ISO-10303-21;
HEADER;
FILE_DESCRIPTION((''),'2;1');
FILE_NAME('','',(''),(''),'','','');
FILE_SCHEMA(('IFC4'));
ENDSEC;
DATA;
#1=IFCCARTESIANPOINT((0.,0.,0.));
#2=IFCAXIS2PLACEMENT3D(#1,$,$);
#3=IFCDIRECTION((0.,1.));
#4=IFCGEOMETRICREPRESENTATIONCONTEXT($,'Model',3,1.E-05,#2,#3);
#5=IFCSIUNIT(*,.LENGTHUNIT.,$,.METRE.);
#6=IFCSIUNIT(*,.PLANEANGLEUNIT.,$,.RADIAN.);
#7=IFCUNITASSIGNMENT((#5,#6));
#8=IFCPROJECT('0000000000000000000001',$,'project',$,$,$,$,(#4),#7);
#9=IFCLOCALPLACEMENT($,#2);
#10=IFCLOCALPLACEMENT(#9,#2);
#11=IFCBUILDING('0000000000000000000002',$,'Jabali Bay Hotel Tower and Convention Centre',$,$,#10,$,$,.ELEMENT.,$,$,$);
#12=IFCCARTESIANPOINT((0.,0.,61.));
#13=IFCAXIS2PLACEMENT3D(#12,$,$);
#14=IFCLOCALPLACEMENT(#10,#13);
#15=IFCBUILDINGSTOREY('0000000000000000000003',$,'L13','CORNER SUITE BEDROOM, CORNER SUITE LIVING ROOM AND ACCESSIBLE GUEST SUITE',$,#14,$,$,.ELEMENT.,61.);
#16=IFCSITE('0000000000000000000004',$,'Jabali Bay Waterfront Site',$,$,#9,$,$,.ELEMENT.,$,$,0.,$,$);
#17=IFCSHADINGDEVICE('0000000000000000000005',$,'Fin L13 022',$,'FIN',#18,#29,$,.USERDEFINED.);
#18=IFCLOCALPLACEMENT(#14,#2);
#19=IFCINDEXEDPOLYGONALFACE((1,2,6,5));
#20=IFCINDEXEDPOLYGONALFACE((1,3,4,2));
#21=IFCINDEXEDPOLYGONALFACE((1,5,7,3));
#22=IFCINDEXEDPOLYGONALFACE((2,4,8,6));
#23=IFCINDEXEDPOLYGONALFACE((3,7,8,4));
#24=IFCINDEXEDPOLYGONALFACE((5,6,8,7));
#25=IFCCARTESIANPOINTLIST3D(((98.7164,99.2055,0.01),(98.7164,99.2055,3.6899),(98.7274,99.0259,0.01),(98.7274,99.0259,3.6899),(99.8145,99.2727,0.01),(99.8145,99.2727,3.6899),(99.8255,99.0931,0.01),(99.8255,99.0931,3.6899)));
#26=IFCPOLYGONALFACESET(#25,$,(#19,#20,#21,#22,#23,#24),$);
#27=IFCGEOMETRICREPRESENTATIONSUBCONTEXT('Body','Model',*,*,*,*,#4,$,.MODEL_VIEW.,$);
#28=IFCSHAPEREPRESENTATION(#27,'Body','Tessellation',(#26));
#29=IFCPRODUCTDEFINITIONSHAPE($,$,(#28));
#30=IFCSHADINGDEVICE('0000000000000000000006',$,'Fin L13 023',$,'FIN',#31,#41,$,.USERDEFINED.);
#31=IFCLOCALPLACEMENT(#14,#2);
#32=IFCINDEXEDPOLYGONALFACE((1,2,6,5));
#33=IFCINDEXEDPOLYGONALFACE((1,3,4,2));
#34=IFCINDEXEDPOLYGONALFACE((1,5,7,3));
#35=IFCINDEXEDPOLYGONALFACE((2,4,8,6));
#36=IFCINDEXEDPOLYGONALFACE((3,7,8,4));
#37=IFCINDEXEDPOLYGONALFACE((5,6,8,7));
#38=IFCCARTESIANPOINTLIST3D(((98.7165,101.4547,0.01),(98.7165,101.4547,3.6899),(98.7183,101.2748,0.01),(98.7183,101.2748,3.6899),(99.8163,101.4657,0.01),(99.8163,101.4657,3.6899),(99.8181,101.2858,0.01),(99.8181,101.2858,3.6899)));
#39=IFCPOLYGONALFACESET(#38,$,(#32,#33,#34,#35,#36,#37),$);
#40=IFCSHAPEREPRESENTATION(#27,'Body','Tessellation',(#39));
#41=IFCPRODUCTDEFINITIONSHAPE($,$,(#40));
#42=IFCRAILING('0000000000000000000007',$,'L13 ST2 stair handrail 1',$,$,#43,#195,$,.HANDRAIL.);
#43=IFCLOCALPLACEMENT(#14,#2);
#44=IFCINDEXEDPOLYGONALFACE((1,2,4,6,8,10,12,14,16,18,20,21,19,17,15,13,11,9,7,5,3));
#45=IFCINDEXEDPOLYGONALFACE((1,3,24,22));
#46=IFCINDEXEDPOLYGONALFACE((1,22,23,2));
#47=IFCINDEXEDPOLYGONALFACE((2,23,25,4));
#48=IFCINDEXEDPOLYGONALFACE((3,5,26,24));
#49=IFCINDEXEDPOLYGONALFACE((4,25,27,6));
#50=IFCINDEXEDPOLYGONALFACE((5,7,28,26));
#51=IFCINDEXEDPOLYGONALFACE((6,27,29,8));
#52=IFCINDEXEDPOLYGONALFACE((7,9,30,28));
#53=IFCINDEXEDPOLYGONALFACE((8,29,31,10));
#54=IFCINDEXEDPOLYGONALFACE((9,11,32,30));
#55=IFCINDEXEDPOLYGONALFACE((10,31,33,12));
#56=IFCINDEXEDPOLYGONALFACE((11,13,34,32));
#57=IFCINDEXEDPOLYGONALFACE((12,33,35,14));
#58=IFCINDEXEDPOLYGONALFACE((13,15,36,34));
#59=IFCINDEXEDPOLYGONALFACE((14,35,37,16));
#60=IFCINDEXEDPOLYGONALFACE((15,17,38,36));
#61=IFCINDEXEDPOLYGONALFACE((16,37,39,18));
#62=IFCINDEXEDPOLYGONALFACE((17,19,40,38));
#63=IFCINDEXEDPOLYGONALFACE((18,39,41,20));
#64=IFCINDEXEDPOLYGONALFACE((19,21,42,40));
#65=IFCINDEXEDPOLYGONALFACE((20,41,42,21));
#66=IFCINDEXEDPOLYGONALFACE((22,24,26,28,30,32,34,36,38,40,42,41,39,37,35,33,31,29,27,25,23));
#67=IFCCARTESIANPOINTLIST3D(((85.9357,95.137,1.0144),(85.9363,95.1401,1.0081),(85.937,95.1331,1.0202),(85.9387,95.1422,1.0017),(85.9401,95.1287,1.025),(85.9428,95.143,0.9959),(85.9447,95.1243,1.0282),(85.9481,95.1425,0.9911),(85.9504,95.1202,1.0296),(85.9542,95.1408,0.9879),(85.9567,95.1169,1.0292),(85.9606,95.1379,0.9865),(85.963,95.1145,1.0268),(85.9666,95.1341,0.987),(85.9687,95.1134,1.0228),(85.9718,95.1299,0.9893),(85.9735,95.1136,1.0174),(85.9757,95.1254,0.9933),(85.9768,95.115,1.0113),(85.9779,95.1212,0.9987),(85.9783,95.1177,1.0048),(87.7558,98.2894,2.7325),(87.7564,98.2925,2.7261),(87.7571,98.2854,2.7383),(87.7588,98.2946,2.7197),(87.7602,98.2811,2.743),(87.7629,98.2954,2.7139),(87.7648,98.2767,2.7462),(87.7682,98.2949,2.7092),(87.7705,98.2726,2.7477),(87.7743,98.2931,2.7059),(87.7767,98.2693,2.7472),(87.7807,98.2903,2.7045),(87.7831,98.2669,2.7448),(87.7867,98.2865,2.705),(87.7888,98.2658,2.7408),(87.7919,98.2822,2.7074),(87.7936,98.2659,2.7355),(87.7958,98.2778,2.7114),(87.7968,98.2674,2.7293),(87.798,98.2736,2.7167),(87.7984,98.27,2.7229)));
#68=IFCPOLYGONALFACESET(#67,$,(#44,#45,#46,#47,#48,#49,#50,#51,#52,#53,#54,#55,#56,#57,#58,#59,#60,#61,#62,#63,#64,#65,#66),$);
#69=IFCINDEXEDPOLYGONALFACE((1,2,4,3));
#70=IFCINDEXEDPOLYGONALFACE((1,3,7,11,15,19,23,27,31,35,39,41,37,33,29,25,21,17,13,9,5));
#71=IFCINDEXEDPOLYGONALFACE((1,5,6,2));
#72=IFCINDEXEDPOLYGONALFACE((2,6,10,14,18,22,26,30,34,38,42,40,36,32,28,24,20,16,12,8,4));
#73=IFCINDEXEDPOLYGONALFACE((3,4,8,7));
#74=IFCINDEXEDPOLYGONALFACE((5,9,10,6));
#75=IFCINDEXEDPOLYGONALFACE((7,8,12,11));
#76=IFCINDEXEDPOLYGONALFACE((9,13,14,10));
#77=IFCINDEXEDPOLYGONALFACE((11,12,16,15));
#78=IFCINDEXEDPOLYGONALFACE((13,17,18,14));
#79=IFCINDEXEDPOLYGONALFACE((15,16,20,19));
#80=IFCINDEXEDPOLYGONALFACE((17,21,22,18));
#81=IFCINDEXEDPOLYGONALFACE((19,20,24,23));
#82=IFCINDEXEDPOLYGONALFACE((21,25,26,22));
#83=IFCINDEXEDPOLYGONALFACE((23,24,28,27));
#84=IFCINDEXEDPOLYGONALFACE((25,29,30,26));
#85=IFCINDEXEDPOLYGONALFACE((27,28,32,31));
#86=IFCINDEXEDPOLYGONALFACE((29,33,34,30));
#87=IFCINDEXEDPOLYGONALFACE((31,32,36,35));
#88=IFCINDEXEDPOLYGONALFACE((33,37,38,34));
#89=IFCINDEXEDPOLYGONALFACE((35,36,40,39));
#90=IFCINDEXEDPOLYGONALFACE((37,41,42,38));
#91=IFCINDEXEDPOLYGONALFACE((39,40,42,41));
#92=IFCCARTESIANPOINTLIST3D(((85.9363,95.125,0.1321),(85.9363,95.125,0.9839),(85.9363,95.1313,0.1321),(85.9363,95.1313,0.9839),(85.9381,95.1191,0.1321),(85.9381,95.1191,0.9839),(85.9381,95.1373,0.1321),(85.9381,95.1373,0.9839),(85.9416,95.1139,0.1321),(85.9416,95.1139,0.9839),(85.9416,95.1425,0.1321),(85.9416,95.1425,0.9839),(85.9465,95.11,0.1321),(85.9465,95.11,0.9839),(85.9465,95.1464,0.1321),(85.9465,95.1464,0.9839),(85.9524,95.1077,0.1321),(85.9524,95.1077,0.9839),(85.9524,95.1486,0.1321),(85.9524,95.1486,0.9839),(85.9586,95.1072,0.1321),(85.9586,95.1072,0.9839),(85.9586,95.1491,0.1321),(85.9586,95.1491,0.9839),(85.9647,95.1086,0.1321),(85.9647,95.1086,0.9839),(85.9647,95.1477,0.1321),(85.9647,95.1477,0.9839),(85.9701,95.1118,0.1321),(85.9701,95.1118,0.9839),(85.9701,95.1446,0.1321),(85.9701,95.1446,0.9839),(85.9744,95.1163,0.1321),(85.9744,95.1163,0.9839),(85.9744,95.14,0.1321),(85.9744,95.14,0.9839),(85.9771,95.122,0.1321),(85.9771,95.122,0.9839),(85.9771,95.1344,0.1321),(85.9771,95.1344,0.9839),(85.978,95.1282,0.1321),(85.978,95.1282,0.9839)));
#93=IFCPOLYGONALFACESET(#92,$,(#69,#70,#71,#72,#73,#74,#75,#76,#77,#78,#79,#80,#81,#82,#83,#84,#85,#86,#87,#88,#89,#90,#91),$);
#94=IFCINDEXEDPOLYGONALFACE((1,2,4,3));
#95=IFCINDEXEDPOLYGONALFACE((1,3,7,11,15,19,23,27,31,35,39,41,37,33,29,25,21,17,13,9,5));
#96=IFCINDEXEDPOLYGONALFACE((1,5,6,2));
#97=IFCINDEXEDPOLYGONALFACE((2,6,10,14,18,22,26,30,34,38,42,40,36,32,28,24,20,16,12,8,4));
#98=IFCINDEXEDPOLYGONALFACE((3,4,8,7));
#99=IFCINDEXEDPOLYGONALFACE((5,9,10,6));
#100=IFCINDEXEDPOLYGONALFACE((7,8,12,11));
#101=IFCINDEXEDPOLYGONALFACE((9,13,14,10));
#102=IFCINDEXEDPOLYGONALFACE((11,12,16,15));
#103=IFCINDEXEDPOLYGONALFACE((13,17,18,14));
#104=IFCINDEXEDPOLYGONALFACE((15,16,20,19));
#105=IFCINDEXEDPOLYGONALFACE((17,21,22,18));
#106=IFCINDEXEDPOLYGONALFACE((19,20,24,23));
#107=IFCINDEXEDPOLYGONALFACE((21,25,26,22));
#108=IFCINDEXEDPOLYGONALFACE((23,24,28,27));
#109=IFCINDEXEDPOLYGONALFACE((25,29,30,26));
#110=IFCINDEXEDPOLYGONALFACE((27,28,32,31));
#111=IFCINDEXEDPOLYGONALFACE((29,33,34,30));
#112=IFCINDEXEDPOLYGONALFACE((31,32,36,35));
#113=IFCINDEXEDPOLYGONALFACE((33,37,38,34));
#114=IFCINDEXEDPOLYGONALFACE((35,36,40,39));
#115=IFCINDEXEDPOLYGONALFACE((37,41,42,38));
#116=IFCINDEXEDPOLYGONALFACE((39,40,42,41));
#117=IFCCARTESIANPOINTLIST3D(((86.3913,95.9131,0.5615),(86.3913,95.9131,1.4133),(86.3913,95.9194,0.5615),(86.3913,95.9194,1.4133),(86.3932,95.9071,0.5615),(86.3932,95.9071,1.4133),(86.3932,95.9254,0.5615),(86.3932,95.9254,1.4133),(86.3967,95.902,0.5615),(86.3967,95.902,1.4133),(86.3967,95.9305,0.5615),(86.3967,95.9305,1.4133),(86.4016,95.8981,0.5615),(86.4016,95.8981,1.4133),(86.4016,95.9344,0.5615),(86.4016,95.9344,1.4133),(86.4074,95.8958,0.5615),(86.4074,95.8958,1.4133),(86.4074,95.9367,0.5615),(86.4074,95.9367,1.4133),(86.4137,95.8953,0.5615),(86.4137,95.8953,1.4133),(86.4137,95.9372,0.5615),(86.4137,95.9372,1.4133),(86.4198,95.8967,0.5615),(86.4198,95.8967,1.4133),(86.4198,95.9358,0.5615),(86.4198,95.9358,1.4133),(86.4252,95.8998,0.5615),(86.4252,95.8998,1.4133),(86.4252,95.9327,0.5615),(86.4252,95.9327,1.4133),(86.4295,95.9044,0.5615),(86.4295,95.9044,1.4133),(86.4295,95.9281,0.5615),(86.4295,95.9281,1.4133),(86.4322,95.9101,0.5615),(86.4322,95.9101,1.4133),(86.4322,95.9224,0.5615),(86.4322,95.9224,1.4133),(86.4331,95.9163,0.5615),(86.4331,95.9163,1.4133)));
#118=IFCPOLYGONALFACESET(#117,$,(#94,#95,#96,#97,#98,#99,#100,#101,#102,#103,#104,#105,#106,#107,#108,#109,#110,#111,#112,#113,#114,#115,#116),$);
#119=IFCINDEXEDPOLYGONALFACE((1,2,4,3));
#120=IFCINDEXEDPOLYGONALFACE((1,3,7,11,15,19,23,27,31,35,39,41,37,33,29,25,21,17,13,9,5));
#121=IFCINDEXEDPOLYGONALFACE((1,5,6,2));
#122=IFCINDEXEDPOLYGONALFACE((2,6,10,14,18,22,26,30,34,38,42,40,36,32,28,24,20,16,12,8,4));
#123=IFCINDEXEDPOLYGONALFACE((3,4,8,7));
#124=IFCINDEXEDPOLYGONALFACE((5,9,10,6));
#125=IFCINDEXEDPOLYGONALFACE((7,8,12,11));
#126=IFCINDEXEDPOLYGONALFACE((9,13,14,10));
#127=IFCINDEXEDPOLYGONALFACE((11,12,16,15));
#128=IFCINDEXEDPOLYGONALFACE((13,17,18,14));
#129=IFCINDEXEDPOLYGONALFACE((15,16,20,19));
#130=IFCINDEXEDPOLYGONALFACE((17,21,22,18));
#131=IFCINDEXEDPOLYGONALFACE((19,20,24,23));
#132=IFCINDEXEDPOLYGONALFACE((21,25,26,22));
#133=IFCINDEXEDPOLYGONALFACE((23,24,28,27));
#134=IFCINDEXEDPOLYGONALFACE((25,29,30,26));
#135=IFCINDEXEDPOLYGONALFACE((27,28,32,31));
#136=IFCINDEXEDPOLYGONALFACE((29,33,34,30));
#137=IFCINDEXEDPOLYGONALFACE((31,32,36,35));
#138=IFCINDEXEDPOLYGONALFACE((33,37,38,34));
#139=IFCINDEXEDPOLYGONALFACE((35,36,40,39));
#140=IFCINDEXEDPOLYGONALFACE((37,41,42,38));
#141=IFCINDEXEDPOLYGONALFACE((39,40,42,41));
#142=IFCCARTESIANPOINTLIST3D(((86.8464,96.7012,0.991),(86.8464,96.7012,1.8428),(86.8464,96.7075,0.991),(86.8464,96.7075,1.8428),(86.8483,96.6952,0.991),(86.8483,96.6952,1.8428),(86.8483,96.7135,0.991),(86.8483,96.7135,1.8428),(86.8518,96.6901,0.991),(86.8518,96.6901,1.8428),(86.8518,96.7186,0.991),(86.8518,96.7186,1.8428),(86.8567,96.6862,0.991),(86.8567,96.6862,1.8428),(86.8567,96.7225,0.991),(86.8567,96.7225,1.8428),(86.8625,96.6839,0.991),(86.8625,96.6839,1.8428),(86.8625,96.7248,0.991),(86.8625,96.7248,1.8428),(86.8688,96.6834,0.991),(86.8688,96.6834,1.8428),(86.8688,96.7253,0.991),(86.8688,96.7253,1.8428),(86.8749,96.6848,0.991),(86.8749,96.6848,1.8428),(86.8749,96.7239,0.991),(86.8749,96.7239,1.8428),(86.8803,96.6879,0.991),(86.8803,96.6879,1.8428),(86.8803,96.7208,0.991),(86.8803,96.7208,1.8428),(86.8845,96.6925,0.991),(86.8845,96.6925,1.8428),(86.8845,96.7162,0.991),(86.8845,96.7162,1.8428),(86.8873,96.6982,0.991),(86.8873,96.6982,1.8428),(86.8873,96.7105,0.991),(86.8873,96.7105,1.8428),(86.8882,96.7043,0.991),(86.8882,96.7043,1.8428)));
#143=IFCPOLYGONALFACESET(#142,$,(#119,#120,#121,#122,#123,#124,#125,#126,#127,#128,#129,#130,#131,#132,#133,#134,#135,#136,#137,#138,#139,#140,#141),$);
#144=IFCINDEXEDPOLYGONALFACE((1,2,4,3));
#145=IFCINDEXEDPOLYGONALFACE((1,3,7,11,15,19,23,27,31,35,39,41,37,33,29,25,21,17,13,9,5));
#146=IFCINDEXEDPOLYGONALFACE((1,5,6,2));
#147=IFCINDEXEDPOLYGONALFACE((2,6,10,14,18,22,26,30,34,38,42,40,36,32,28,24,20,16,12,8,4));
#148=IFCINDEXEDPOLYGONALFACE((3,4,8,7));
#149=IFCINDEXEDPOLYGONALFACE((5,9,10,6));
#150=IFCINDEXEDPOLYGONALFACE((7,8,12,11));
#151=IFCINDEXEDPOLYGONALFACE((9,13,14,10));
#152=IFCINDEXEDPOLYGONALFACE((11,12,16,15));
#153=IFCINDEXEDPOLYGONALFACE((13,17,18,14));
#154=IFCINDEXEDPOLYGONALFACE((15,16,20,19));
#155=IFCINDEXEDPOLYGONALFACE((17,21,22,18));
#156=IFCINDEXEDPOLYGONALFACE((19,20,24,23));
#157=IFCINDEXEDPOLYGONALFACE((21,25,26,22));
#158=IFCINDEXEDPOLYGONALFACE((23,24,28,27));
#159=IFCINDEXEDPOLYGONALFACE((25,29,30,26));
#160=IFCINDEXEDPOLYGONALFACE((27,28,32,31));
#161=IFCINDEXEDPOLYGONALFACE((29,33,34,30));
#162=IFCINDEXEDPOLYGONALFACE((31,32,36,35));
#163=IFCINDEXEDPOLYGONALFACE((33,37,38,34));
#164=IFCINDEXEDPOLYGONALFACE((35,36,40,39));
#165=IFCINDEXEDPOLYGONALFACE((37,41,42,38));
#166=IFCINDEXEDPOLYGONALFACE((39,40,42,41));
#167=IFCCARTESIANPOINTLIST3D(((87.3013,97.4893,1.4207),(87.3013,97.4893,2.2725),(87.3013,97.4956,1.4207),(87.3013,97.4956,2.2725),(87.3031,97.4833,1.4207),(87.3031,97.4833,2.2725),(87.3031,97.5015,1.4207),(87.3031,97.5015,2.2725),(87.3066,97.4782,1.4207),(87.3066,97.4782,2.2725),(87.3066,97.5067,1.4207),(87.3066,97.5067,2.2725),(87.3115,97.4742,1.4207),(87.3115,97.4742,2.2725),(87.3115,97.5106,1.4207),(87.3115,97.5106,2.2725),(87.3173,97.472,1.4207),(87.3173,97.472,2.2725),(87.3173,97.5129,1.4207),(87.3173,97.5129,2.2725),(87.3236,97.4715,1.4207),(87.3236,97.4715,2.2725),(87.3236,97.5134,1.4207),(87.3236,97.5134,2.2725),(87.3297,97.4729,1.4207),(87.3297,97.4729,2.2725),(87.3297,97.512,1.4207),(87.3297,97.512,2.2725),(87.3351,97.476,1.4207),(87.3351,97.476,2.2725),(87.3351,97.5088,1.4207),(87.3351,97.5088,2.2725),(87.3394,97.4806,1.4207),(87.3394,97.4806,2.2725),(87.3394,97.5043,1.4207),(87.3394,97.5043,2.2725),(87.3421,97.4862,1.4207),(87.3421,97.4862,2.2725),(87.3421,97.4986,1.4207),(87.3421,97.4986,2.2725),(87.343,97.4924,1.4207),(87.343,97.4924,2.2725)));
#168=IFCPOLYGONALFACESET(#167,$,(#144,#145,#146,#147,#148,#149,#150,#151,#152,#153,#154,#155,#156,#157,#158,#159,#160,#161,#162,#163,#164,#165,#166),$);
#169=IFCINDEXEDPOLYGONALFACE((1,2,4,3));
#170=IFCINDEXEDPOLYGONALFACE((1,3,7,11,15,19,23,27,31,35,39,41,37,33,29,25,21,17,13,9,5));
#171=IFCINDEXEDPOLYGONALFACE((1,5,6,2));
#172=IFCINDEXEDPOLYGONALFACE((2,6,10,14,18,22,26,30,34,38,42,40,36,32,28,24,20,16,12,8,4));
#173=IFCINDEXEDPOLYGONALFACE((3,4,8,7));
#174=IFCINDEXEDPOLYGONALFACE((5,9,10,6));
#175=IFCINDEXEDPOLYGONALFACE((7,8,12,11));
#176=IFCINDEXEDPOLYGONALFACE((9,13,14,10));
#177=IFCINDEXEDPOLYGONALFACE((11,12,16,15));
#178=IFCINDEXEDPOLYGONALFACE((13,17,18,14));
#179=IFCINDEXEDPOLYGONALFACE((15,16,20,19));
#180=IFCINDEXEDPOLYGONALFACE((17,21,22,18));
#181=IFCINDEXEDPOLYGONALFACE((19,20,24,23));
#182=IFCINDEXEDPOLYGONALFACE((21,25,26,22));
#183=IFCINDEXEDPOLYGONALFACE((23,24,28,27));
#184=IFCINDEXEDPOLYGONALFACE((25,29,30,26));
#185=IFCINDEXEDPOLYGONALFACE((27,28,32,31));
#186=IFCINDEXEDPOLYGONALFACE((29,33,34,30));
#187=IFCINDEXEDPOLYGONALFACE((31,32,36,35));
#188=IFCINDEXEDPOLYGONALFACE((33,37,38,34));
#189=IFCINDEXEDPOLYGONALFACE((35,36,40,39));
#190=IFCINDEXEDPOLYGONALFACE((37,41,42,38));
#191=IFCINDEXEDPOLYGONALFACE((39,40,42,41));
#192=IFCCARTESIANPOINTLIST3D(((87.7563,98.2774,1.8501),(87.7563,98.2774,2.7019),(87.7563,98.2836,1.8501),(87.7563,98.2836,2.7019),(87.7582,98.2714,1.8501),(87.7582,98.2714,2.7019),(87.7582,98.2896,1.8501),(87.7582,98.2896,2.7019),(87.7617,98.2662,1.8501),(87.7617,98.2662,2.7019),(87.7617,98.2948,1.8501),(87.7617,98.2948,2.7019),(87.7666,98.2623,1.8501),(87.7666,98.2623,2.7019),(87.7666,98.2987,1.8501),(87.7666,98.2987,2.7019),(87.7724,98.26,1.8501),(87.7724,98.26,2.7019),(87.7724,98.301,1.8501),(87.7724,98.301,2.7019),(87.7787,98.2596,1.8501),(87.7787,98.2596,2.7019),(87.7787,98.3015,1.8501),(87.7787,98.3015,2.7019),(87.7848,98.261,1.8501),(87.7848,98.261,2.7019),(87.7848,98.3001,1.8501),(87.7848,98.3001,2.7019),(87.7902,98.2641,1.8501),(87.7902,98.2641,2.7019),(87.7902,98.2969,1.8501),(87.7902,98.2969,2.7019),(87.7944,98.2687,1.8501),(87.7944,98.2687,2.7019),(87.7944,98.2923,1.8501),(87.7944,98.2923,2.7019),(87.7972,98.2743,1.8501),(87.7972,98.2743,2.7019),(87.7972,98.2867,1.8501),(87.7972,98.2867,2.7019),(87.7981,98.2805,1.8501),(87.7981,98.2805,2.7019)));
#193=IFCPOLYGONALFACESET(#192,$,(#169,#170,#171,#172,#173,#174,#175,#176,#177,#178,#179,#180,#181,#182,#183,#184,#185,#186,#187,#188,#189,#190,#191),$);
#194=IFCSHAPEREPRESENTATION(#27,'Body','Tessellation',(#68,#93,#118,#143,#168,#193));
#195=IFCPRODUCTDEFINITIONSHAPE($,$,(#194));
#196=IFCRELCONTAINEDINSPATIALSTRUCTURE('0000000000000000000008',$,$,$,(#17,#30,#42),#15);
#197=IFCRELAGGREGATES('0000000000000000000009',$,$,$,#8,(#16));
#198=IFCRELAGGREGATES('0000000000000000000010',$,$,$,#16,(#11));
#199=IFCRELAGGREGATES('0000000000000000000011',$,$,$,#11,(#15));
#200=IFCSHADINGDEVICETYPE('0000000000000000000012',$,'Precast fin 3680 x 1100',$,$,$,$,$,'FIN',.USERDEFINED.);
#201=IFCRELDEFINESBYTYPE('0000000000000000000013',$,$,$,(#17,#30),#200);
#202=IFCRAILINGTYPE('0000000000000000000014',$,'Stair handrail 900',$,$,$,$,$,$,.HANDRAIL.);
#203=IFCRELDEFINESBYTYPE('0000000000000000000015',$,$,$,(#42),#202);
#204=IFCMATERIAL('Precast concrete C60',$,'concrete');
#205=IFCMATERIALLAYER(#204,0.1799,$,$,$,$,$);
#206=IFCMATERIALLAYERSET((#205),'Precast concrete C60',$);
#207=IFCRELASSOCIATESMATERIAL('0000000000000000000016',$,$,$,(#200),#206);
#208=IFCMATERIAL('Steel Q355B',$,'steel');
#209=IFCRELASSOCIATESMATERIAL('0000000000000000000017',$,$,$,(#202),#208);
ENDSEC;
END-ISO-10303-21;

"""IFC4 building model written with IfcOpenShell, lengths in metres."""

from ifc_helpers import new_model, si_unit, direction, frame, frame_2d, origin, origin_2d, place, context, subcontext, project, spatial, rectangle, circle, extrude, material, layer, layer_set, type_object, element, save


model = new_model("IFC4")

# Units and contexts
model_context = context("Model", 3, precision=1e-05, world=origin(), true_north=direction((0.0, 1.0)))
body_context = subcontext(model_context, "Body", "Model", "MODEL_VIEW")
ifc_project = project(units=[si_unit("LENGTHUNIT", "METRE"), si_unit("PLANEANGLEUNIT", "RADIAN")], contexts=[model_context])

# Site, building, storey
site_placement = place(None, origin())
site = spatial("IfcSite", under=ifc_project, at=site_placement, Name="Jabali Bay Waterfront Site", CompositionType="ELEMENT", RefElevation=0.0)
building_placement = place(site_placement, origin())
building = spatial("IfcBuilding", under=site, at=building_placement, Name="Jabali Bay Hotel Tower and Convention Centre", CompositionType="ELEMENT")
storey_placement = place(building_placement, frame((0.0, 0.0, 61.0)))
storey = spatial("IfcBuildingStorey", under=building, at=storey_placement, Name="L13", Description="CORNER SUITE BEDROOM, CORNER SUITE LIVING ROOM AND ACCESSIBLE GUEST SUITE", CompositionType="ELEMENT", Elevation=61.0)

# Shading devices
ifc_material_1 = material(Name="Precast concrete C60", Category="concrete")
ifc_layer_1 = layer(ifc_material_1, 0.1799)
ifc_layer_set_1 = layer_set([ifc_layer_1], Name="Precast concrete C60")
shading_device_type = type_object("IfcShadingDeviceType", Name="Precast fin 3680 x 1100", ElementType="FIN", PredefinedType="USERDEFINED", material=ifc_layer_set_1)
for number, where, z_axis, x_axis, name in (
    (1, (98.7219, 99.1157, 0.01), (0.0, 0.0, 1.0), (0.998136, 0.061024, 0.0), "Fin L13 022"),
):
    element("IfcShadingDevice", number, at=place(storey_placement, frame(where, z_axis=z_axis, x_axis=x_axis)), inside=storey, type_object=shading_device_type, Name=name, ObjectType="FIN", PredefinedType="USERDEFINED", context=body_context, shape_type="SweptSolid", body=[
        extrude(rectangle(XDim=1.1001, YDim=0.1799, at=frame_2d((0.55, 0.0))), origin(), (0.0, 0.0, 1.0), 3.6799),
    ])
shading_device_placement = place(storey_placement, frame((98.7175, 101.3647, 0.01), z_axis=(0.0, 0.0, 1.0), x_axis=(0.99995, 0.009988, 0.0)))
element("IfcShadingDevice", 2, at=shading_device_placement, inside=storey, type_object=shading_device_type, Name="Fin L13 023", ObjectType="FIN", PredefinedType="USERDEFINED", context=body_context, shape_type="SweptSolid", body=[
    extrude(rectangle(XDim=1.0999, YDim=0.1799, at=frame_2d((0.5498, 0.0))), origin(), (0.0, 0.0, 1.0), 3.6799),
])

# Railing
ifc_material_2 = material(Name="Steel Q355B", Category="steel")
railing_type_1 = type_object("IfcRailingType", Name="Stair handrail 900", PredefinedType="HANDRAIL", material=ifc_material_2)
railing_1_placement = place(storey_placement, frame((85.957, 95.1282, 0.1321)))
element("IfcRailing", 3, at=railing_1_placement, inside=storey, type_object=railing_type_1, Name="L13 ST2 stair handrail 1", PredefinedType="HANDRAIL", context=body_context, shape_type="SweptSolid", body=[
    extrude(circle(Radius=0.0239, at=origin_2d()), frame((0.0, 0.0, 0.876), z_axis=(0.452179, 0.78317, 0.426825), x_axis=(-0.866018, 0.500013, 0.0)), (0.0, 0.0, 1.0), 4.0251),
    extrude(circle(Radius=0.021, at=origin_2d()), origin(), (0.0, 0.0, 1.0), 0.8518),
    extrude(circle(Radius=0.021, at=origin_2d()), frame((0.4551, 0.7881, 0.4294)), (0.0, 0.0, 1.0), 0.8518),
    extrude(circle(Radius=0.021, at=origin_2d()), frame((0.9102, 1.5762, 0.8589)), (0.0, 0.0, 1.0), 0.8518),
    extrude(circle(Radius=0.021, at=origin_2d()), frame((1.365, 2.3643, 1.2886)), (0.0, 0.0, 1.0), 0.8518),
    extrude(circle(Radius=0.021, at=origin_2d()), frame((1.8201, 3.1523, 1.718)), (0.0, 0.0, 1.0), 0.8518),
])

save(model, "model.ifc")
